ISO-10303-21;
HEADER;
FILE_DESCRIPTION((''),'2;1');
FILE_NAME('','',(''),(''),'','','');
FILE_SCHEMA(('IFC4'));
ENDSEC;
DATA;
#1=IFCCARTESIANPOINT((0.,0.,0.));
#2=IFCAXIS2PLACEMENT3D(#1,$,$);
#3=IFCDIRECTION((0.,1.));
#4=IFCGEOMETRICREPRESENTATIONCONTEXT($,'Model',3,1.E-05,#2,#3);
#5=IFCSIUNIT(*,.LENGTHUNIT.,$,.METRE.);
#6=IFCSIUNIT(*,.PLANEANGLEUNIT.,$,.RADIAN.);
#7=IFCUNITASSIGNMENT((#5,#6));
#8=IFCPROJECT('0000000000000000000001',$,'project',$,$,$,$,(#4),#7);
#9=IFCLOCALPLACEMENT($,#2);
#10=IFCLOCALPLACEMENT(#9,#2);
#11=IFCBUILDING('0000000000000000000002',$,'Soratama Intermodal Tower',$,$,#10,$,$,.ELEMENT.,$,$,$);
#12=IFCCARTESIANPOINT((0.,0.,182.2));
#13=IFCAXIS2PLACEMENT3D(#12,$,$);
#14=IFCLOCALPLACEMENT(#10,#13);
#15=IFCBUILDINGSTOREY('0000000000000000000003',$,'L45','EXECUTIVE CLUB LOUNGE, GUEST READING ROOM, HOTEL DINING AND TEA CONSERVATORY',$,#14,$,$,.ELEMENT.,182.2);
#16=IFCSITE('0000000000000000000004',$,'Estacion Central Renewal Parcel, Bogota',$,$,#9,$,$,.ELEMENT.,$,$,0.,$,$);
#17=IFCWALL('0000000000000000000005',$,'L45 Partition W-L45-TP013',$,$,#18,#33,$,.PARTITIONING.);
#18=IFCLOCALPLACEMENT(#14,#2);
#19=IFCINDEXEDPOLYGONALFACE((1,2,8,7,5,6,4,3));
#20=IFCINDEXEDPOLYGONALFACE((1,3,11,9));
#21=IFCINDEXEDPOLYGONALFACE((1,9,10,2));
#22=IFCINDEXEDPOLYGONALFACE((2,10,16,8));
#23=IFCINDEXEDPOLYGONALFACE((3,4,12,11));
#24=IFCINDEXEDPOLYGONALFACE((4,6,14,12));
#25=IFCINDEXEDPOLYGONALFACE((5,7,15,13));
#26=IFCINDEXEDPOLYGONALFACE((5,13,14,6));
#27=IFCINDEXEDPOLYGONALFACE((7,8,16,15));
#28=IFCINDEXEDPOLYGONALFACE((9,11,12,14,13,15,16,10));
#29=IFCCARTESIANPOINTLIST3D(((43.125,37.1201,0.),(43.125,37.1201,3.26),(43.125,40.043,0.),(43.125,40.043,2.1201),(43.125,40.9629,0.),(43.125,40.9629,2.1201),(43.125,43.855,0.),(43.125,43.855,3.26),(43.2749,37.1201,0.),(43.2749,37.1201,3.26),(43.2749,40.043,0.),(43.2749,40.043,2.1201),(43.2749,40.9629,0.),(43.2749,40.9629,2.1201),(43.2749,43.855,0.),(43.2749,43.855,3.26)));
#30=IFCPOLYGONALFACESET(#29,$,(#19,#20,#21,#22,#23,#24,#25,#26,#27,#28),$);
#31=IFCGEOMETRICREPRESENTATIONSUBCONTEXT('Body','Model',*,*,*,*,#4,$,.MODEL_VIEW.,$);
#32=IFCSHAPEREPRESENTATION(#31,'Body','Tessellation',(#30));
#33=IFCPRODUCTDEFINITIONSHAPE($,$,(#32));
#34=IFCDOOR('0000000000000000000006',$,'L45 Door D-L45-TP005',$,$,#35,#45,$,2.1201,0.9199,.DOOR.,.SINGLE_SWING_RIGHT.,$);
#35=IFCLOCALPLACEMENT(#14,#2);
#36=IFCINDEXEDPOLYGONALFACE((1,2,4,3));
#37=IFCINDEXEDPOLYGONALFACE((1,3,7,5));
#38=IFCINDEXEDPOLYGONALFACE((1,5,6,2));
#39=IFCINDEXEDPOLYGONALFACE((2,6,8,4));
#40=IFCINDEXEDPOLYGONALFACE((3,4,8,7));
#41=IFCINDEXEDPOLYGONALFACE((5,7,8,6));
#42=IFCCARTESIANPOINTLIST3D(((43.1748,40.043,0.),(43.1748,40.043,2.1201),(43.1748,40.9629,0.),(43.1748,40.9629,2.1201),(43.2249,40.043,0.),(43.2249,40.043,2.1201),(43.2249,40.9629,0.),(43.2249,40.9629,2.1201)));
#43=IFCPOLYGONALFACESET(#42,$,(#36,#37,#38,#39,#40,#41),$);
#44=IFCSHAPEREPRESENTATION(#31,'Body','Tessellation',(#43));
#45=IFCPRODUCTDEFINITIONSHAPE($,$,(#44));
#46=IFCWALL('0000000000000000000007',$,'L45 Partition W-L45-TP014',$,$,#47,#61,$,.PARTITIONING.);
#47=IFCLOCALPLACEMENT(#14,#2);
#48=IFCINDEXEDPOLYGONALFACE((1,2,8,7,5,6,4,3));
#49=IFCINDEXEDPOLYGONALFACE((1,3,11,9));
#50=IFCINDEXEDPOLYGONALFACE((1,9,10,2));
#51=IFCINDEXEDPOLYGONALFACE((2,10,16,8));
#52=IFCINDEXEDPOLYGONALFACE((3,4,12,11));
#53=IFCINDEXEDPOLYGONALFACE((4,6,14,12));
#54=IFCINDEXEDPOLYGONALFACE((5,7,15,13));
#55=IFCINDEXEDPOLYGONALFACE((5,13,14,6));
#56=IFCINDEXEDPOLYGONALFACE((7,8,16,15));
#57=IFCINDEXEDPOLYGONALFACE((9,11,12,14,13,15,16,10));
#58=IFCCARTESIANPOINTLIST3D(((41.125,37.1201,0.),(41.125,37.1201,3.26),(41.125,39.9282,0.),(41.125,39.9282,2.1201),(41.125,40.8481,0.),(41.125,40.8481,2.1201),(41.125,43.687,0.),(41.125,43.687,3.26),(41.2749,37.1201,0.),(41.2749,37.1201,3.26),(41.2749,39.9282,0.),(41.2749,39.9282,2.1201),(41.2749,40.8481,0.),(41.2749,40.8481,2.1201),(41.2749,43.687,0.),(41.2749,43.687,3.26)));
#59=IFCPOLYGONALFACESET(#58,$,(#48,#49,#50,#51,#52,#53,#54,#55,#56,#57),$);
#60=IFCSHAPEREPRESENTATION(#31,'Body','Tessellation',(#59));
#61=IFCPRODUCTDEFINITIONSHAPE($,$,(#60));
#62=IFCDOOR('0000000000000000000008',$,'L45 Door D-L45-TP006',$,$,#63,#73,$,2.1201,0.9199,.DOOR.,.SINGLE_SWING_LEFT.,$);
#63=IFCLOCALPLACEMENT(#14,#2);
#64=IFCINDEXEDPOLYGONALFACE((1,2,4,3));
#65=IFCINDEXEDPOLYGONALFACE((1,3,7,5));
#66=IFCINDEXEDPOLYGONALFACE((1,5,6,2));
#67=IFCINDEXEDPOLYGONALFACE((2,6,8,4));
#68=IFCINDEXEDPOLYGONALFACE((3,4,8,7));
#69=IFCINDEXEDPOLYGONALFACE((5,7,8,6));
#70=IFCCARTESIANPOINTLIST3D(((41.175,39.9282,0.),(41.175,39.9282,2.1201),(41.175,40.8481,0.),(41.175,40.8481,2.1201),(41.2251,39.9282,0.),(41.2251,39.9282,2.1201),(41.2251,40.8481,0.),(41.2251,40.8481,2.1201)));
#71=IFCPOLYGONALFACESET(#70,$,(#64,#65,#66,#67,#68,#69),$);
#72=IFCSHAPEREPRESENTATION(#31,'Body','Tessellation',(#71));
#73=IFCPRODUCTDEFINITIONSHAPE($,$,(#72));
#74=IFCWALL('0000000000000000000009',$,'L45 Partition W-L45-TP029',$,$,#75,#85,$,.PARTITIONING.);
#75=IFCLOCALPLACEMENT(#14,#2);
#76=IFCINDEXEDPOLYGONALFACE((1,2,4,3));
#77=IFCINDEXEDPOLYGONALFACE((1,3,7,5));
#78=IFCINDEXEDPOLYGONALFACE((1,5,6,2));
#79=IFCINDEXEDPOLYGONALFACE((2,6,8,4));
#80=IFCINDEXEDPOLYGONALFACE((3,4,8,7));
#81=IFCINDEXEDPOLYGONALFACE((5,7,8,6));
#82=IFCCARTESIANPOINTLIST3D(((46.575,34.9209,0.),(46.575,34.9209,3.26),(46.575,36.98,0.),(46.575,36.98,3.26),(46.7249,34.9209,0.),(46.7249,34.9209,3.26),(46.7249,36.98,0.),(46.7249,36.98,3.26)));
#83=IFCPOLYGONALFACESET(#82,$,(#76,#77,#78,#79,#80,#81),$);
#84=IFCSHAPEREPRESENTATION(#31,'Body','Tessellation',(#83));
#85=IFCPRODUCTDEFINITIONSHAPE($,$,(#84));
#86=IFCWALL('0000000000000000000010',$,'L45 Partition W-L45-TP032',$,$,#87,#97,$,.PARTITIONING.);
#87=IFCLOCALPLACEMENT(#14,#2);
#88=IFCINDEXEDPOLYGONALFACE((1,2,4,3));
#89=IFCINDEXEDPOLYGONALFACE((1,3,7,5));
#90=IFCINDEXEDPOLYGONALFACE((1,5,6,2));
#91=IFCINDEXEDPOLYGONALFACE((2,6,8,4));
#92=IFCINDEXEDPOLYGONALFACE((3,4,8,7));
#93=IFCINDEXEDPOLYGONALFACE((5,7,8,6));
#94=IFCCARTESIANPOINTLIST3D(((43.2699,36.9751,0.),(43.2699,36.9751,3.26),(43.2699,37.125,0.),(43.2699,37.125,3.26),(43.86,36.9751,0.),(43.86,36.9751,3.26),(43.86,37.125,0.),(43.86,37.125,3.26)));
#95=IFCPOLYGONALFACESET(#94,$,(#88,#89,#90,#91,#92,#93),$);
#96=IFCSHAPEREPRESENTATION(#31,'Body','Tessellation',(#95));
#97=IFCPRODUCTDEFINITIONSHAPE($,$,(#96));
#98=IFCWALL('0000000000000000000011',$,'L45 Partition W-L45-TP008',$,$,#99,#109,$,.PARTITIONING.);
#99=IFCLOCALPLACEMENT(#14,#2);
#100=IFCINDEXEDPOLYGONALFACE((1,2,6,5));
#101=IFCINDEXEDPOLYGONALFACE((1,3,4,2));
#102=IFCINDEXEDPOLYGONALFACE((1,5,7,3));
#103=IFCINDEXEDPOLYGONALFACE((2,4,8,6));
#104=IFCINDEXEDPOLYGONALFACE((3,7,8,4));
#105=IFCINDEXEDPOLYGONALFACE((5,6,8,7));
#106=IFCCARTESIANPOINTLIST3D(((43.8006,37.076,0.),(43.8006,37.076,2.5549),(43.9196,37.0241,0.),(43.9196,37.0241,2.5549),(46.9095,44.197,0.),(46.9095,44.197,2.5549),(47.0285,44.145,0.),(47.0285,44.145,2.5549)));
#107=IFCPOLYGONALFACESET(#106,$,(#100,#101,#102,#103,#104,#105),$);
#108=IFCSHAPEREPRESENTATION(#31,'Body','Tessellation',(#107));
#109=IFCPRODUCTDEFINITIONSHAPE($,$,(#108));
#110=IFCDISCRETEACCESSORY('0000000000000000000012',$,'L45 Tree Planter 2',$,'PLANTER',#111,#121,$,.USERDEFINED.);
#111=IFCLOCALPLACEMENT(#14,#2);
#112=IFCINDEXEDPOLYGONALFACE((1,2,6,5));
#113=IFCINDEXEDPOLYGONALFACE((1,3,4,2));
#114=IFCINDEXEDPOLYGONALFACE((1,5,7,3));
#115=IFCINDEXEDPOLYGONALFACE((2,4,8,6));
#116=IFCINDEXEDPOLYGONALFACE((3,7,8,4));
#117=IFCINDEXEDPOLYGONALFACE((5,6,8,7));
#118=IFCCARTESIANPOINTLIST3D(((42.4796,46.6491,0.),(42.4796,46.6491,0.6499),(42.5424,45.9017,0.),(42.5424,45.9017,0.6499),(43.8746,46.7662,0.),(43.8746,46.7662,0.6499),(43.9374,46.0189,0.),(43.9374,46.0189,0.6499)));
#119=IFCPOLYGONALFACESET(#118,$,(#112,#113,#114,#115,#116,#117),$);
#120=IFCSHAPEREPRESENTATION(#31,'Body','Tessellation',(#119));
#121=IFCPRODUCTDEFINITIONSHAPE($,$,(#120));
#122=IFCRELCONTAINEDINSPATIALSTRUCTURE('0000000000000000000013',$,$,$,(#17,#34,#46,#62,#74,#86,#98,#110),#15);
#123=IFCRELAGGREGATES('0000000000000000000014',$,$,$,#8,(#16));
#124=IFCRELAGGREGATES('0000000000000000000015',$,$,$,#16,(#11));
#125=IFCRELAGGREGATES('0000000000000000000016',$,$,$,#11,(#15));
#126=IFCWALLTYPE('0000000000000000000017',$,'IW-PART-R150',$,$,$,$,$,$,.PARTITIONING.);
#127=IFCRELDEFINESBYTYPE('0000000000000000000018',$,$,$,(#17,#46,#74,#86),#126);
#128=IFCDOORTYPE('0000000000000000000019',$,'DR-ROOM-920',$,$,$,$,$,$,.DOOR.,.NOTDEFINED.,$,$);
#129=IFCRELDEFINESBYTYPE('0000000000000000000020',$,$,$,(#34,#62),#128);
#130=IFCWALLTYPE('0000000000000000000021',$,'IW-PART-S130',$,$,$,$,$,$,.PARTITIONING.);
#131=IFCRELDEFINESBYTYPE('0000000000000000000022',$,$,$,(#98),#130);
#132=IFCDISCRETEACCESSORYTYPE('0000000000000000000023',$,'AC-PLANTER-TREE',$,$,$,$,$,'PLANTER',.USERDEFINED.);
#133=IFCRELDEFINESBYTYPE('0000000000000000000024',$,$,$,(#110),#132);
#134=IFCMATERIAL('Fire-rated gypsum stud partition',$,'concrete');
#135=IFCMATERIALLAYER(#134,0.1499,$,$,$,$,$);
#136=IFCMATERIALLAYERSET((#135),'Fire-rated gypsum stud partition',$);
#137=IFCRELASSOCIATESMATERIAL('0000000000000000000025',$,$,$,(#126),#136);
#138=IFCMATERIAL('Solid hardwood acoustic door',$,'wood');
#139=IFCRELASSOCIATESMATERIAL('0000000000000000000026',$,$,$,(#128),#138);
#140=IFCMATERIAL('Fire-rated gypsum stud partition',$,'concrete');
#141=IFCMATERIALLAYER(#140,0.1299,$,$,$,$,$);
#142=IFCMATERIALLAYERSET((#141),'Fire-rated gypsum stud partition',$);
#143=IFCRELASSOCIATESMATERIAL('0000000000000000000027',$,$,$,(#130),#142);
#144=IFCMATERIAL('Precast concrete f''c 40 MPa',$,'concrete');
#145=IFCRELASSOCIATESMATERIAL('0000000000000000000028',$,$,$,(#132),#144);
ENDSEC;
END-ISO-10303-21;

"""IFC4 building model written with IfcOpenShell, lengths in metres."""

from ifc_helpers import new_model, si_unit, direction, frame, frame_2d, origin, origin_2d, place, context, subcontext, project, spatial, rectangle, extrude, material, layer, layer_set, type_object, element, fill, save


model = new_model("IFC4")

# Units and contexts
model_context = context("Model", 3, precision=1e-05, world=origin(), true_north=direction((0.0, 1.0)))
body_context = subcontext(model_context, "Body", "Model", "MODEL_VIEW")
ifc_project = project(units=[si_unit("LENGTHUNIT", "METRE"), si_unit("PLANEANGLEUNIT", "RADIAN")], contexts=[model_context])

# Site, building, storey
site_placement = place(None, origin())
site = spatial("IfcSite", under=ifc_project, at=site_placement, Name="Estacion Central Renewal Parcel, Bogota", CompositionType="ELEMENT", RefElevation=0.0)
building_placement = place(site_placement, origin())
building = spatial("IfcBuilding", under=site, at=building_placement, Name="Soratama Intermodal Tower", CompositionType="ELEMENT")
storey_placement = place(building_placement, frame((0.0, 0.0, 182.2)))
storey = spatial("IfcBuildingStorey", under=building, at=storey_placement, Name="L45", Description="EXECUTIVE CLUB LOUNGE, GUEST READING ROOM, HOTEL DINING AND TEA CONSERVATORY", CompositionType="ELEMENT", Elevation=182.2)

# Walls, openings, doors
ifc_material_1 = material(Name="Fire-rated gypsum stud partition", Category="concrete")
ifc_layer_1 = layer(ifc_material_1, 0.1499)
ifc_layer_set_1 = layer_set([ifc_layer_1], Name="Fire-rated gypsum stud partition")
wall_type_1 = type_object("IfcWallType", Name="IW-PART-R150", PredefinedType="PARTITIONING", material=ifc_layer_set_1)
wall_1_placement = place(storey_placement, frame((43.2, 43.855, 0.0), z_axis=(0.0, 0.0, 1.0), x_axis=(0.0, -1.0, 0.0)))
wall_1 = element("IfcWall", 1, at=wall_1_placement, inside=storey, type_object=wall_type_1, Name="L45 Partition W-L45-TP013", PredefinedType="PARTITIONING", context=body_context, shape_type="SweptSolid", body=[
    extrude(rectangle(XDim=6.7349, YDim=0.1499, at=frame_2d((3.3674, 0.0))), origin(), (0.0, 0.0, 1.0), 3.26),
])
opening_1_placement = place(wall_1_placement, frame((2.8921, 0.0, 0.0)))
opening_1 = element("IfcOpeningElement", 2, at=opening_1_placement, cuts=wall_1, PredefinedType="OPENING", context=body_context, shape_type="SweptSolid", body=[
    extrude(rectangle(XDim=0.9199, YDim=2.1201, at=frame_2d((0.46, 1.0601))), frame((0.0, 0.085, 0.0), z_axis=(0.0, -1.0, 0.0), x_axis=(1.0, 0.0, 0.0)), (0.0, 0.0, 1.0), 0.1699),
])
ifc_material_2 = material(Name="Solid hardwood acoustic door", Category="wood")
door_type_1 = type_object("IfcDoorType", Name="DR-ROOM-920", OperationType="NOTDEFINED", PredefinedType="DOOR", material=ifc_material_2)
door_1_placement = place(opening_1_placement, origin())
door_1 = element("IfcDoor", 3, at=door_1_placement, inside=storey, type_object=door_type_1, Name="L45 Door D-L45-TP005", OperationType="SINGLE_SWING_RIGHT", OverallHeight=2.1201, OverallWidth=0.9199, PredefinedType="DOOR", context=body_context, shape_type="SweptSolid", body=[
    extrude(rectangle(XDim=0.9199, YDim=2.1201, at=frame_2d((0.46, 1.0601))), frame((0.0, 0.0249, 0.0), z_axis=(0.0, -1.0, 0.0), x_axis=(1.0, 0.0, 0.0)), (0.0, 0.0, 1.0), 0.05),
])
fill(opening_1, door_1)
wall_2_placement = place(storey_placement, frame((41.2, 37.1201, 0.0), z_axis=(0.0, 0.0, 1.0), x_axis=(0.0, 1.0, 0.0)))
wall_2 = element("IfcWall", 4, at=wall_2_placement, inside=storey, type_object=wall_type_1, Name="L45 Partition W-L45-TP014", PredefinedType="PARTITIONING", context=body_context, shape_type="SweptSolid", body=[
    extrude(rectangle(XDim=6.5669, YDim=0.1499, at=frame_2d((3.2834, 0.0))), origin(), (0.0, 0.0, 1.0), 3.26),
])
opening_2_placement = place(wall_2_placement, frame((2.8081, 0.0, 0.0)))
opening_2 = element("IfcOpeningElement", 5, at=opening_2_placement, cuts=wall_2, PredefinedType="OPENING", context=body_context, shape_type="SweptSolid", body=[
    extrude(rectangle(XDim=0.9199, YDim=2.1201, at=frame_2d((0.46, 1.0601))), frame((0.0, 0.085, 0.0), z_axis=(0.0, -1.0, 0.0), x_axis=(1.0, 0.0, 0.0)), (0.0, 0.0, 1.0), 0.1699),
])
door_2_placement = place(opening_2_placement, origin())
door_2 = element("IfcDoor", 6, at=door_2_placement, inside=storey, type_object=door_type_1, Name="L45 Door D-L45-TP006", OperationType="SINGLE_SWING_LEFT", OverallHeight=2.1201, OverallWidth=0.9199, PredefinedType="DOOR", context=body_context, shape_type="SweptSolid", body=[
    extrude(rectangle(XDim=0.9199, YDim=2.1201, at=frame_2d((0.46, 1.0601))), frame((0.0, 0.0249, 0.0), z_axis=(0.0, -1.0, 0.0), x_axis=(1.0, 0.0, 0.0)), (0.0, 0.0, 1.0), 0.05),
])
fill(opening_2, door_2)

# Walls
wall_3_placement = place(storey_placement, frame((46.6499, 36.98, 0.0), z_axis=(0.0, 0.0, 1.0), x_axis=(0.0, -1.0, 0.0)))
element("IfcWall", 7, at=wall_3_placement, inside=storey, type_object=wall_type_1, Name="L45 Partition W-L45-TP029", PredefinedType="PARTITIONING", context=body_context, shape_type="SweptSolid", body=[
    extrude(rectangle(XDim=2.0591, YDim=0.1499, at=frame_2d((1.0295, 0.0))), origin(), (0.0, 0.0, 1.0), 3.26),
])
wall_4_placement = place(storey_placement, frame((43.27, 37.05, 0.0), z_axis=(0.0, 0.0, 1.0), x_axis=(1.0, 0.0, 0.0)))
element("IfcWall", 8, at=wall_4_placement, inside=storey, type_object=wall_type_1, Name="L45 Partition W-L45-TP032", PredefinedType="PARTITIONING", context=body_context, shape_type="SweptSolid", body=[
    extrude(rectangle(XDim=0.5901, YDim=0.1499, at=frame_2d((0.2949, 0.0))), origin(), (0.0, 0.0, 1.0), 3.26),
])
ifc_material_3 = material(Name="Fire-rated gypsum stud partition", Category="concrete")
ifc_layer_2 = layer(ifc_material_3, 0.1299)
ifc_layer_set_2 = layer_set([ifc_layer_2], Name="Fire-rated gypsum stud partition")
wall_type_2 = type_object("IfcWallType", Name="IW-PART-S130", PredefinedType="PARTITIONING", material=ifc_layer_set_2)
wall_5_placement = place(storey_placement, frame((43.8601, 37.05, 0.0), z_axis=(0.0, 0.0, 1.0), x_axis=(0.400118, 0.916464, 0.0)))
element("IfcWall", 9, at=wall_5_placement, inside=storey, type_object=wall_type_2, Name="L45 Partition W-L45-TP008", PredefinedType="PARTITIONING", context=body_context, shape_type="SweptSolid", body=[
    extrude(rectangle(XDim=7.77, YDim=0.1299, at=frame_2d((3.885, 0.0))), origin(), (0.0, 0.0, 1.0), 2.5549),
])

# Discrete accessory
ifc_material_4 = material(Name="Precast concrete f'c 40 MPa", Category="concrete")
discrete_accessory_type = type_object("IfcDiscreteAccessoryType", Name="AC-PLANTER-TREE", ElementType="PLANTER", PredefinedType="USERDEFINED", material=ifc_material_4)
discrete_accessory_placement = place(storey_placement, frame((43.2085, 46.334, 0.0), z_axis=(0.0, 0.0, 1.0), x_axis=(-0.083678, 0.996493, 0.0)))
element("IfcDiscreteAccessory", 10, at=discrete_accessory_placement, inside=storey, type_object=discrete_accessory_type, Name="L45 Tree Planter 2", ObjectType="PLANTER", PredefinedType="USERDEFINED", context=body_context, shape_type="SweptSolid", body=[
    extrude(rectangle(XDim=0.75, YDim=1.3999, at=origin_2d()), origin(), (0.0, 0.0, 1.0), 0.6499),
])

save(model, "model.ifc")
